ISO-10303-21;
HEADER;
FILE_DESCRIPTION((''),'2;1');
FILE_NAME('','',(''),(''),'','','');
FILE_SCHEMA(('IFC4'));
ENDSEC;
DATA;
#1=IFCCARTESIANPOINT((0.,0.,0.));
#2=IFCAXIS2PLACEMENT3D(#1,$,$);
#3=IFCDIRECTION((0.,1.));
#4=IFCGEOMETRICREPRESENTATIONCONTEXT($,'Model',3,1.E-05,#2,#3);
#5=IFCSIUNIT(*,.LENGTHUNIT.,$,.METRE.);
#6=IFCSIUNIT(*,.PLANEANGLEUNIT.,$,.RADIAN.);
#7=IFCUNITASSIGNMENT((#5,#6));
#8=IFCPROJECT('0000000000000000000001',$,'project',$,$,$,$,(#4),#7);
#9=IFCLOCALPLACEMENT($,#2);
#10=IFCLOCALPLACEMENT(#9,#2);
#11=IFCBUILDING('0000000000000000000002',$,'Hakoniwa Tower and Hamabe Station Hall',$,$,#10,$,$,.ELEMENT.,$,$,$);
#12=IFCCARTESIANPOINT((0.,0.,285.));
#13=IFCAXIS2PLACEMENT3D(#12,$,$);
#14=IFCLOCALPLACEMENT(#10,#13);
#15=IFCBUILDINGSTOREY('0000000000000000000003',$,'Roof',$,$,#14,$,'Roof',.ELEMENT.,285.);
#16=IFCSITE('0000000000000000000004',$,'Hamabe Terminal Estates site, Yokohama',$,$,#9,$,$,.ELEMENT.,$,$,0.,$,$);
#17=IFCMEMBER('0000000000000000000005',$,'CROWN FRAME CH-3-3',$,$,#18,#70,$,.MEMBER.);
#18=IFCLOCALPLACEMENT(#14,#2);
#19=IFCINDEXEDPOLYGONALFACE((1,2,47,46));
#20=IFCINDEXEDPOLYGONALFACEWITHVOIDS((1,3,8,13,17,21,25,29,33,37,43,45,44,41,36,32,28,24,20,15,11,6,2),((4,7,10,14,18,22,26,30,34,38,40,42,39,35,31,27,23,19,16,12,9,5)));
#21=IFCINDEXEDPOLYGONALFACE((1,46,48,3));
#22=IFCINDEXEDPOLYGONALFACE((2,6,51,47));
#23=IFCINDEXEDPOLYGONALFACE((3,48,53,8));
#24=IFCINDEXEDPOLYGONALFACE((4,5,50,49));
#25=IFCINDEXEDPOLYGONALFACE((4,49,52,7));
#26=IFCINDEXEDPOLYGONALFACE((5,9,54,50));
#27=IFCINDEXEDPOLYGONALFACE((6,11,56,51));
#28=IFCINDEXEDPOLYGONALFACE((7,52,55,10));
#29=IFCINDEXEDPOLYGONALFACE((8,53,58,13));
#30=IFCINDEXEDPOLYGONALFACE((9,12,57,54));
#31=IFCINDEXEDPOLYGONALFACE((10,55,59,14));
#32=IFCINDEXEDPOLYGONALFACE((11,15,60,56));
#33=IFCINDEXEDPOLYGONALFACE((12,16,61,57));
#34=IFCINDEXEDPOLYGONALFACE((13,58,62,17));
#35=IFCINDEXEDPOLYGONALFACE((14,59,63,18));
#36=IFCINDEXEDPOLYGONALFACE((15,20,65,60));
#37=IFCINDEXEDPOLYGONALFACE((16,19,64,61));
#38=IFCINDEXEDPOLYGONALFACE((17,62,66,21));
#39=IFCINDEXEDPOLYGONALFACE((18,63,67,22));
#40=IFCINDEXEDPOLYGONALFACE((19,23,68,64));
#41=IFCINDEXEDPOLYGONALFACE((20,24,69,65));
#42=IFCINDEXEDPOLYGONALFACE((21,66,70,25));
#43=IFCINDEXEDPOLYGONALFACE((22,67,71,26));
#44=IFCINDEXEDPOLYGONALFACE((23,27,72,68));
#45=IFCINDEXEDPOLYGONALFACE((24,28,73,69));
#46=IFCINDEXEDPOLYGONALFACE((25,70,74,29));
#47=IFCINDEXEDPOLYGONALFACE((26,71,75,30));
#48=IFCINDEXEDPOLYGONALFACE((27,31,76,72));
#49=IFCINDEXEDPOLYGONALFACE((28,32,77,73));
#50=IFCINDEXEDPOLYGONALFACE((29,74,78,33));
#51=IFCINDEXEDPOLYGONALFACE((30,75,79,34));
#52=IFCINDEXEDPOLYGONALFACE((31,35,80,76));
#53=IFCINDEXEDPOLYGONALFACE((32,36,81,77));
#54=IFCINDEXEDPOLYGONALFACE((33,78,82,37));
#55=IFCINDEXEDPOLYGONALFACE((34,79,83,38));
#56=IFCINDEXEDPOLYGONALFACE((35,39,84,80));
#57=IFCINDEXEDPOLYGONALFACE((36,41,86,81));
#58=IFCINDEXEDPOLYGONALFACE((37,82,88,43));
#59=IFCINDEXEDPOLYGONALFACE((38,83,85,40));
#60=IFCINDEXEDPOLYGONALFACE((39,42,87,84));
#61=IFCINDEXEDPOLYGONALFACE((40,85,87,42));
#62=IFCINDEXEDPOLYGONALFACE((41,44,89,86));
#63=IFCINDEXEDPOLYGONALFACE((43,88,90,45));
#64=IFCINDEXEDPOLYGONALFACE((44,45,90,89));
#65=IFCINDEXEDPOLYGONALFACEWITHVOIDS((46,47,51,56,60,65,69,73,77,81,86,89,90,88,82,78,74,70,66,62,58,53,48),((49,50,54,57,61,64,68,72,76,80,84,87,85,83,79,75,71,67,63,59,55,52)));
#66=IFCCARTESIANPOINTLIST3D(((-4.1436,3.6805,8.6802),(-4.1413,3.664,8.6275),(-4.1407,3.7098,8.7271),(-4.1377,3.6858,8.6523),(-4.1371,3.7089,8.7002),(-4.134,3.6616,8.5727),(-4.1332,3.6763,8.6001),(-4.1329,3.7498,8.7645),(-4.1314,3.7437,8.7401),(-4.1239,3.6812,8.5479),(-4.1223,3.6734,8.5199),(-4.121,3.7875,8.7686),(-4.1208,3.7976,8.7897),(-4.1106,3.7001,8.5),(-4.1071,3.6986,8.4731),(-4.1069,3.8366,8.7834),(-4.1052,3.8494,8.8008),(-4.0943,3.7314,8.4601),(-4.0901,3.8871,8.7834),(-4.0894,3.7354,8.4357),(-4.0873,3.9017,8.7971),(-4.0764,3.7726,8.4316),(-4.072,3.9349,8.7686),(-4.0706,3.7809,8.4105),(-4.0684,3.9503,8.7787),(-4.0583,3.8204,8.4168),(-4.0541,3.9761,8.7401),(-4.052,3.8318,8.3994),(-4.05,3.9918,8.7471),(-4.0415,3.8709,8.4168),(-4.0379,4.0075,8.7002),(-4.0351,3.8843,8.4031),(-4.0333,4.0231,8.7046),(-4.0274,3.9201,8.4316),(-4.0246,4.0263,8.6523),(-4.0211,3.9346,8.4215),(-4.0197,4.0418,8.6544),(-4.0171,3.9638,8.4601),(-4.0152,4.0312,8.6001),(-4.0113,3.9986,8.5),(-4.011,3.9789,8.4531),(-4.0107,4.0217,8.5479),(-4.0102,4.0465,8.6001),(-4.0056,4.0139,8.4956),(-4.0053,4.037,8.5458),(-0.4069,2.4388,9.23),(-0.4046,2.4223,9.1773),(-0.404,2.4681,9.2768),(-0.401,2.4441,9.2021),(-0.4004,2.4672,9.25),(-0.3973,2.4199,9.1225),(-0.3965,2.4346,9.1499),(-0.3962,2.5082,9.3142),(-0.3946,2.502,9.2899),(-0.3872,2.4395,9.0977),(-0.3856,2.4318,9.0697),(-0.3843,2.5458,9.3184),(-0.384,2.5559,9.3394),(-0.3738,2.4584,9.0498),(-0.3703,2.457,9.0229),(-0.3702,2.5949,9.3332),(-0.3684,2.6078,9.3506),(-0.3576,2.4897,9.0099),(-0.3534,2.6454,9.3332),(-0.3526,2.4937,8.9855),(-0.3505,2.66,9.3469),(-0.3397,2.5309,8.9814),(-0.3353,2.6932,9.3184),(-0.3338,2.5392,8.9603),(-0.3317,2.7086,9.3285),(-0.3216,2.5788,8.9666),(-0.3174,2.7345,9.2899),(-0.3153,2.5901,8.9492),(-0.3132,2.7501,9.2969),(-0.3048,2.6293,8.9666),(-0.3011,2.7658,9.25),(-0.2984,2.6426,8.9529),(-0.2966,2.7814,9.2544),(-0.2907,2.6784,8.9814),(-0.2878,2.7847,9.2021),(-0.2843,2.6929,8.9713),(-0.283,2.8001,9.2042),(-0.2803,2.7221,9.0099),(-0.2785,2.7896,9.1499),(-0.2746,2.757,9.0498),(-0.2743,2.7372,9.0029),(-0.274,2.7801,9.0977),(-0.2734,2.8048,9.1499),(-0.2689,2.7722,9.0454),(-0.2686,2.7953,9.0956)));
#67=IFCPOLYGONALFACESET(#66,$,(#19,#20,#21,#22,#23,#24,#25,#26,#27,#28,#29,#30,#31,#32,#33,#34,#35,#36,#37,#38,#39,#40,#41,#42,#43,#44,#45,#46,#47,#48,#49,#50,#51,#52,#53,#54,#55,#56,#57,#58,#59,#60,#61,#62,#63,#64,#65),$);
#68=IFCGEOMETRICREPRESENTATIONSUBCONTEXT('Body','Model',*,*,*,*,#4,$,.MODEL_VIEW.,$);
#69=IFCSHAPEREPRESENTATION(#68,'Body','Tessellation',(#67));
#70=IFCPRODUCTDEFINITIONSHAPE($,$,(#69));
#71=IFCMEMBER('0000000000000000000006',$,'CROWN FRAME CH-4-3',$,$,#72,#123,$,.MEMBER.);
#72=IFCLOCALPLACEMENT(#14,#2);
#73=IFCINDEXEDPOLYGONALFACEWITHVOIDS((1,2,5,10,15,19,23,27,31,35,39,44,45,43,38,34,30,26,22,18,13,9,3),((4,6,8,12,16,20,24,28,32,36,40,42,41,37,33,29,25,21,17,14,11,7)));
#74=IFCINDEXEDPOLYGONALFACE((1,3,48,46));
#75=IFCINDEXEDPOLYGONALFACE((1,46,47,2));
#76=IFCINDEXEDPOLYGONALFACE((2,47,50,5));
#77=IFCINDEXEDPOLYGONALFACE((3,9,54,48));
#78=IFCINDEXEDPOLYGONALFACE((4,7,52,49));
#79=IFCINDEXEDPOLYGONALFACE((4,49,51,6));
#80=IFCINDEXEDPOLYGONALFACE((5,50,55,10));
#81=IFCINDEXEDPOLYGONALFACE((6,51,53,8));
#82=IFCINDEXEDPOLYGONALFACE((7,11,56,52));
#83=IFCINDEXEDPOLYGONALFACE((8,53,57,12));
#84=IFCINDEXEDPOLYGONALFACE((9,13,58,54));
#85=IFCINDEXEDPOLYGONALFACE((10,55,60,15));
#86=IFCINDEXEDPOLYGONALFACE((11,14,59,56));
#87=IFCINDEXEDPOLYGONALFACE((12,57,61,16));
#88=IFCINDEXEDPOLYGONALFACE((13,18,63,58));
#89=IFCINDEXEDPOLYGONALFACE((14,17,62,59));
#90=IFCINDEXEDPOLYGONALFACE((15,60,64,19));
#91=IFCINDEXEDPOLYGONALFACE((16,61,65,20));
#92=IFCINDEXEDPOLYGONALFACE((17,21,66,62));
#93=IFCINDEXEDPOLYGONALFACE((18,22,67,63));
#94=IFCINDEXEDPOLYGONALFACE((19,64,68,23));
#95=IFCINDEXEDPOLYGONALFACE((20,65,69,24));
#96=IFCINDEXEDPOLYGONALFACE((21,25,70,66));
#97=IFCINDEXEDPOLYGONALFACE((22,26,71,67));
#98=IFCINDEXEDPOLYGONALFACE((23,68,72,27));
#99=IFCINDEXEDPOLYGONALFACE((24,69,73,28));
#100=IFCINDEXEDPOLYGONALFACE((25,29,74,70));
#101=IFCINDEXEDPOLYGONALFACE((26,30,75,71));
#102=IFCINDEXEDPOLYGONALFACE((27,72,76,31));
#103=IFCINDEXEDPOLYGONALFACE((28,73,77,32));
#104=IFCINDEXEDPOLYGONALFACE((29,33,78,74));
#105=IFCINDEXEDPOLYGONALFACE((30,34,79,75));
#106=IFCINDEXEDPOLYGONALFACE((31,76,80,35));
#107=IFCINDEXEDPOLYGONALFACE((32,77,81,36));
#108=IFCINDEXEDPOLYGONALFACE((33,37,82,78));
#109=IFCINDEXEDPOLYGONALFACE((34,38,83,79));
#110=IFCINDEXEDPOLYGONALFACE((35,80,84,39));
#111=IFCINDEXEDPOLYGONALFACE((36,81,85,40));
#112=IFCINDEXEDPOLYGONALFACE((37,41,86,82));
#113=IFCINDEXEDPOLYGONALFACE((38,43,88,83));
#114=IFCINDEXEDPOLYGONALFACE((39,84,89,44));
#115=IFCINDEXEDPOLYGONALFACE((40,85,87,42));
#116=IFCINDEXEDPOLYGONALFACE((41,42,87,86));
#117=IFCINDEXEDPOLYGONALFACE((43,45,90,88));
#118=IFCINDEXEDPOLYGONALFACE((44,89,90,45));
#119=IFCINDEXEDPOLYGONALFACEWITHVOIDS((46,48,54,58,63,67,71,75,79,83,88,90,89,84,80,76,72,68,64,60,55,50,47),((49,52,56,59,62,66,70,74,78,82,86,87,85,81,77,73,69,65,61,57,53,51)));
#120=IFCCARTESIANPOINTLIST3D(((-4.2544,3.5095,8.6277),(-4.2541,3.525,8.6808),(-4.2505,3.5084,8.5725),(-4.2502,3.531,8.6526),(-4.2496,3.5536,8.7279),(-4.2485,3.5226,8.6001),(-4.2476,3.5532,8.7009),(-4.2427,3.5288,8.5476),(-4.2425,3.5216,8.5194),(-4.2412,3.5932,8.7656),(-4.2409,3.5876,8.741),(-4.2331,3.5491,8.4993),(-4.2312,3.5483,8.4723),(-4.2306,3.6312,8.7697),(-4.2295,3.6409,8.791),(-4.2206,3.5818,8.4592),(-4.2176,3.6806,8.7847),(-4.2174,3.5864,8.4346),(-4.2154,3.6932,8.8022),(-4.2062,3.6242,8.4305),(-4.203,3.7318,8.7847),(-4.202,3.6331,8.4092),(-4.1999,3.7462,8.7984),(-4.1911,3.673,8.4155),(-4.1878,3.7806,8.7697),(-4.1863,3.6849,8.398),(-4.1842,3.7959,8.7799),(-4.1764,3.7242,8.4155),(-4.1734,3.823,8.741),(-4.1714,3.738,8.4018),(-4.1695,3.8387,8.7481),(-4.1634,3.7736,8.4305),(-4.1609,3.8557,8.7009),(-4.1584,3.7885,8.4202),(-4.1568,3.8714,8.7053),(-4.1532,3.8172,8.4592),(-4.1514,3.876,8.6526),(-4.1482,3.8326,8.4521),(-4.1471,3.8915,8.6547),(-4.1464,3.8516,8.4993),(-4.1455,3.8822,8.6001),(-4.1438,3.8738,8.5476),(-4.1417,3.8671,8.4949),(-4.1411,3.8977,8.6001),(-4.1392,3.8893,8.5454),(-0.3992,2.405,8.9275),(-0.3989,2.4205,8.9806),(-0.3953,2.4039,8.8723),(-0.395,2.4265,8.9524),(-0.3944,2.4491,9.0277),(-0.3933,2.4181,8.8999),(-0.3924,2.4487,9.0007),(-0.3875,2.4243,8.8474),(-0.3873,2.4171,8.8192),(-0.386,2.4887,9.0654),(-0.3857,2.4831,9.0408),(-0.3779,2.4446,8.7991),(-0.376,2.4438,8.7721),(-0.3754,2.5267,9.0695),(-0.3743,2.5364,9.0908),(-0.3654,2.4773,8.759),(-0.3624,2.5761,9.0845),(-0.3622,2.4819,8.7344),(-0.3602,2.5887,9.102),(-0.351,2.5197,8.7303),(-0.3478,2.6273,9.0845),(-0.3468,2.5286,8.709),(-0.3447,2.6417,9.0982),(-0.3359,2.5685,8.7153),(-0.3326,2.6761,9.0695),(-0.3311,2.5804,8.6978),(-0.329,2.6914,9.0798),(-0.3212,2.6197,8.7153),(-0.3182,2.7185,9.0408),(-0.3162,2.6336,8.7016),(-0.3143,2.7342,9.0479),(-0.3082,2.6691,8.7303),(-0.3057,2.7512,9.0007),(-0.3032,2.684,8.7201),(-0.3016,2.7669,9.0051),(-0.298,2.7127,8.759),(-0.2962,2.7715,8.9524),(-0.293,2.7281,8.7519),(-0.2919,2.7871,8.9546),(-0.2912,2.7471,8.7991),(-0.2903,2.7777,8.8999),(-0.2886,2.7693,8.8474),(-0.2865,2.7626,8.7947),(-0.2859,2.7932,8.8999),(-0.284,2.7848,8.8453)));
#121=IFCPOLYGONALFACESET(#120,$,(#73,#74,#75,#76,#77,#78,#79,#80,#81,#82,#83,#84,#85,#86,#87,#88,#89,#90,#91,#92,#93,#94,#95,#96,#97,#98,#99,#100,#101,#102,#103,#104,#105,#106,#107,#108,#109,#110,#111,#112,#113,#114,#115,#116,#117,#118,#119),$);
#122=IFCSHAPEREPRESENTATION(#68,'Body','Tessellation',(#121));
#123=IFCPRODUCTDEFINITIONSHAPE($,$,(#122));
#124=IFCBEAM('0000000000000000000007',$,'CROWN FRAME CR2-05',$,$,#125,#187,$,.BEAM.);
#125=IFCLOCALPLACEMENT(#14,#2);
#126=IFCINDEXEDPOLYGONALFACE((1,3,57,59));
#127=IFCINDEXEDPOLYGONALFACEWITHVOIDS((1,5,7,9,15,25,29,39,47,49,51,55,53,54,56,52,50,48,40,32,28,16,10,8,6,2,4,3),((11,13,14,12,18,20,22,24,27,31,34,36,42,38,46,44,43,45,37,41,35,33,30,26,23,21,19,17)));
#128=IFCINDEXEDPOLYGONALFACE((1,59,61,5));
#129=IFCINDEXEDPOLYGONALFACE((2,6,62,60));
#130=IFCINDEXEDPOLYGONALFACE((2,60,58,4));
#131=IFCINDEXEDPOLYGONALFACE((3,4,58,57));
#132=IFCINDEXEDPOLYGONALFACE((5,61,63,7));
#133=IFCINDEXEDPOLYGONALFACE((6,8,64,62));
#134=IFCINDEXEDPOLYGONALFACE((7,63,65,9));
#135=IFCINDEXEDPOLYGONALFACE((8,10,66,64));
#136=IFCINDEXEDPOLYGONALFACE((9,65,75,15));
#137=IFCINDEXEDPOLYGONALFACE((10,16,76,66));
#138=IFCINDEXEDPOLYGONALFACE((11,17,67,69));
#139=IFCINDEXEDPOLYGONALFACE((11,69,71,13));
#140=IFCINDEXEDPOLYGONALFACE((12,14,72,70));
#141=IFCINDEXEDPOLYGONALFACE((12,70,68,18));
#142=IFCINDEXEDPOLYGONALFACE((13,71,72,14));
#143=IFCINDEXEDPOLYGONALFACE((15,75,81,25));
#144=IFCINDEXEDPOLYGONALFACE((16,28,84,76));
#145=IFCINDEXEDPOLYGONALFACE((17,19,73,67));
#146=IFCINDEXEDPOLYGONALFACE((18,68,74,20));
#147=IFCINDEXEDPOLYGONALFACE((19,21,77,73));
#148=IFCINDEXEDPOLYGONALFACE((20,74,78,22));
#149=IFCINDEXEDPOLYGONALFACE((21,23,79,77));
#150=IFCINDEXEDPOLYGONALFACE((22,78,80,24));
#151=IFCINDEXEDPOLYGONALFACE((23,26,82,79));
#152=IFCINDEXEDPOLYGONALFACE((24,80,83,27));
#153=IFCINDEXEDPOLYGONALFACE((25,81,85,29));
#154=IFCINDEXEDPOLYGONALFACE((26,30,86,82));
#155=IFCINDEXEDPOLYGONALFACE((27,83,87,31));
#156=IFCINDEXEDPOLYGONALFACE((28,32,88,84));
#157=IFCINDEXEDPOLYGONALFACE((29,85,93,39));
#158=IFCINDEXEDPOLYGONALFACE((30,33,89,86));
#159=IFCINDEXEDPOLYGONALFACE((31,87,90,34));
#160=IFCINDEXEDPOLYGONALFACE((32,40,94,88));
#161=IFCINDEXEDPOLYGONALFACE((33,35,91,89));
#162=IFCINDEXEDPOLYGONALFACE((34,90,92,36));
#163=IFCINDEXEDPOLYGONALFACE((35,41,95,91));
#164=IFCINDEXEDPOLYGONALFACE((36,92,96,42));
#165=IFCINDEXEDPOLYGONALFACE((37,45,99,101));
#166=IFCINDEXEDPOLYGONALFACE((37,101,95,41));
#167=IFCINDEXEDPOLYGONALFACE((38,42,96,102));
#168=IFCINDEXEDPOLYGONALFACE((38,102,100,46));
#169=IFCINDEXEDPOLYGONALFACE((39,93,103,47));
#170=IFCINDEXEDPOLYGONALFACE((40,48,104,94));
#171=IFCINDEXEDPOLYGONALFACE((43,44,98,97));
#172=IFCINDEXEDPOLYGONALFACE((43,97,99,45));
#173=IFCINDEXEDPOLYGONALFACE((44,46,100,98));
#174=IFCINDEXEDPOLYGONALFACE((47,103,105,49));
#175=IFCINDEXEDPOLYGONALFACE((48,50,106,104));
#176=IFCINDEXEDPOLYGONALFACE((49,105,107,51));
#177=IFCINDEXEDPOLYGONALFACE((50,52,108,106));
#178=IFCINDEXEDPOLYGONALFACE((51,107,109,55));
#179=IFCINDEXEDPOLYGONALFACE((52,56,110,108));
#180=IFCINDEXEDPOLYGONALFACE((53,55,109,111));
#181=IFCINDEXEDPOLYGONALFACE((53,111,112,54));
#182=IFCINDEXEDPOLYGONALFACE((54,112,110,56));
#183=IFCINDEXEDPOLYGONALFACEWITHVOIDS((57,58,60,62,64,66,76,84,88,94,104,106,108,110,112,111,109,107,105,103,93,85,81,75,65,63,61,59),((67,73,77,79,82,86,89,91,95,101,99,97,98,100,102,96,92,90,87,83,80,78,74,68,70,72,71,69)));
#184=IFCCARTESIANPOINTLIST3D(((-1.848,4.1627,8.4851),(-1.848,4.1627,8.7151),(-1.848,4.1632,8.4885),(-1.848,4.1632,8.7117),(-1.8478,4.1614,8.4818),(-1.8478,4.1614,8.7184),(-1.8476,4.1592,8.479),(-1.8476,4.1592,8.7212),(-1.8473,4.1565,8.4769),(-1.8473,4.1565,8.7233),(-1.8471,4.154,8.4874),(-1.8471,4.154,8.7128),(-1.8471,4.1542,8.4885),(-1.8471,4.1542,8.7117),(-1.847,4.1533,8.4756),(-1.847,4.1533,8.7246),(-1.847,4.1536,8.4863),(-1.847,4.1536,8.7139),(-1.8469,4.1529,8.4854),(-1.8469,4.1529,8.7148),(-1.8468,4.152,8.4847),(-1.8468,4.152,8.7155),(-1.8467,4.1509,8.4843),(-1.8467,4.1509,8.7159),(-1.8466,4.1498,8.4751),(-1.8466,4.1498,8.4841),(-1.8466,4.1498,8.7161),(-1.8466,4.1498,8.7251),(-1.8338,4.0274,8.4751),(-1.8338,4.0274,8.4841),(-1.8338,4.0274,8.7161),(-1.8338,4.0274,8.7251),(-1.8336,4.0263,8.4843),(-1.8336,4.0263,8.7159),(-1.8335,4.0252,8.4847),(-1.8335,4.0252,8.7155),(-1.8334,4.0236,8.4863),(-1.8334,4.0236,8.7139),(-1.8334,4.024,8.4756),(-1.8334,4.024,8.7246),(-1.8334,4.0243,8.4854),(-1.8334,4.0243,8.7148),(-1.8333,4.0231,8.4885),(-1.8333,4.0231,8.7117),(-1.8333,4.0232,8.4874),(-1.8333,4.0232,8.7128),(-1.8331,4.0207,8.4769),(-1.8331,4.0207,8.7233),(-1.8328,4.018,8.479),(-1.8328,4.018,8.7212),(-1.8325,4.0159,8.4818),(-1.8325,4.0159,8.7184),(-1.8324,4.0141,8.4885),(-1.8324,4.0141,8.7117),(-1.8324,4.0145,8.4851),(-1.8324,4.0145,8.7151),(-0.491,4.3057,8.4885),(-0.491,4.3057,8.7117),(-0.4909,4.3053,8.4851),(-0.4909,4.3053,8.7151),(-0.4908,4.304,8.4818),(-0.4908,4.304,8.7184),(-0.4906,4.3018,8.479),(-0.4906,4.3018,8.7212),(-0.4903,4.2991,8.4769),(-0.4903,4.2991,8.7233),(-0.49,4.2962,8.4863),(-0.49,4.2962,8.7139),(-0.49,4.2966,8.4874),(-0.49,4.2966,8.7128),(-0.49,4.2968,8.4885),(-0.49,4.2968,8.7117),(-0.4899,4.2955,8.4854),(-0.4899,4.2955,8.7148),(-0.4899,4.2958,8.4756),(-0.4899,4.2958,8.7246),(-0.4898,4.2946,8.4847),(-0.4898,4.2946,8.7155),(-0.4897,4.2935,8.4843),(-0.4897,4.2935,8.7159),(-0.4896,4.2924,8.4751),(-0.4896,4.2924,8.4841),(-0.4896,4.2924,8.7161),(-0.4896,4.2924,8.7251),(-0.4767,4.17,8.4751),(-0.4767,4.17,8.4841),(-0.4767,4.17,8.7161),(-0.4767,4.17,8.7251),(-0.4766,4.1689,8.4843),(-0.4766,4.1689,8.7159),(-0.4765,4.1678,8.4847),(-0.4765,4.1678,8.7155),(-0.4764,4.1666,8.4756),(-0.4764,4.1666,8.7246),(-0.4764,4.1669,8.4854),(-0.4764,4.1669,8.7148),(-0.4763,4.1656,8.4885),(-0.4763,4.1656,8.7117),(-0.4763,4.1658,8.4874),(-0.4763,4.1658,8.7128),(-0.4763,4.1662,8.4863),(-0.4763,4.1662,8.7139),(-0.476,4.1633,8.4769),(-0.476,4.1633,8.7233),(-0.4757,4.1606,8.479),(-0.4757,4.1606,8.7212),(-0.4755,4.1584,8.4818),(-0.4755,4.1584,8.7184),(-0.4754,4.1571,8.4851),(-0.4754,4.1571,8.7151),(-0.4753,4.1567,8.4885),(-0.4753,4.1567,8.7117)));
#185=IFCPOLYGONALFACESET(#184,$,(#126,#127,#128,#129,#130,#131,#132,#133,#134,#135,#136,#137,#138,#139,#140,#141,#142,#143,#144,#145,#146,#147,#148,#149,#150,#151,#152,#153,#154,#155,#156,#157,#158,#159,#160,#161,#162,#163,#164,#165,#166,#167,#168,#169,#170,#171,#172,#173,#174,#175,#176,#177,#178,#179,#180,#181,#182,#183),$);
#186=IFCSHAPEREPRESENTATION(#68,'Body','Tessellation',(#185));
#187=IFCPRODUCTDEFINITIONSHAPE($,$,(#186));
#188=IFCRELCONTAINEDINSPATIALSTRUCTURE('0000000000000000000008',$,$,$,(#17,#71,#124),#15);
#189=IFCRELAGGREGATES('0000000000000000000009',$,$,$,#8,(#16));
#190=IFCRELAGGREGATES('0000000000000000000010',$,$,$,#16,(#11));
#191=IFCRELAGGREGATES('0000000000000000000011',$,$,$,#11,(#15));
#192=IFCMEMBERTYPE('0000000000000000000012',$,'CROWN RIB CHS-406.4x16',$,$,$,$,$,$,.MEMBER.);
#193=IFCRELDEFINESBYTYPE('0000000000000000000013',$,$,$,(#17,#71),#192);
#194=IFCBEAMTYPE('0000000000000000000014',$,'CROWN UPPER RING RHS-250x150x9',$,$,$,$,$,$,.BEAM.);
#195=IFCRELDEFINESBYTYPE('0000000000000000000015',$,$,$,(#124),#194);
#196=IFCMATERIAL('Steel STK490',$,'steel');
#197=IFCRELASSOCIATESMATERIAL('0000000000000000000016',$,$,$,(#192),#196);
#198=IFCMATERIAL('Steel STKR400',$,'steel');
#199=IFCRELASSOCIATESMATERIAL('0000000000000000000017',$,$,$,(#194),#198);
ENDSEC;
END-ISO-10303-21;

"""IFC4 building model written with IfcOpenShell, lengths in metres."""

from ifc_helpers import new_model, si_unit, direction, frame, origin, origin_2d, place, context, subcontext, project, spatial, hollow_rectangle, hollow_circle, extrude, material, material_profile, profile_set, type_object, element, save


model = new_model("IFC4")

# Units and contexts
model_context = context("Model", 3, precision=1e-05, world=origin(), true_north=direction((0.0, 1.0)))
body_context = subcontext(model_context, "Body", "Model", "MODEL_VIEW")
ifc_project = project(units=[si_unit("LENGTHUNIT", "METRE"), si_unit("PLANEANGLEUNIT", "RADIAN")], contexts=[model_context])

# Site, building, storey
site_placement = place(None, origin())
site = spatial("IfcSite", under=ifc_project, at=site_placement, Name="Hamabe Terminal Estates site, Yokohama", CompositionType="ELEMENT", RefElevation=0.0)
building_placement = place(site_placement, origin())
building = spatial("IfcBuilding", under=site, at=building_placement, Name="Hakoniwa Tower and Hamabe Station Hall", CompositionType="ELEMENT")
storey_placement = place(building_placement, frame((0.0, 0.0, 285.0)))
storey = spatial("IfcBuildingStorey", under=building, at=storey_placement, Name="Roof", LongName="Roof", CompositionType="ELEMENT", Elevation=285.0)

# Members
ifc_material_1 = material(Name="Steel STK490", Category="steel")
ifc_material_profile_1 = material_profile(ifc_material_1, hollow_circle(Radius=0.2031, WallThickness=0.0161, at=origin_2d()), Name="CHS-406.4x16")
ifc_profile_set_1 = profile_set([ifc_material_profile_1], Name="Steel STK490")
member_type_1 = type_object("IfcMemberType", Name="CROWN RIB CHS-406.4x16", PredefinedType="MEMBER", material=ifc_profile_set_1)
member_1_placement = place(storey_placement, frame((-4.0742, 3.8538, 8.6001), z_axis=(0.939863, -0.312305, 0.138284), x_axis=(0.315335, 0.94898, 0.0)))
element("IfcMember", 1, at=member_1_placement, inside=storey, type_object=member_type_1, Name="CROWN FRAME CH-3-3", PredefinedType="MEMBER", context=body_context, shape_type="SweptSolid", body=[
    extrude(hollow_circle(Radius=0.2031, WallThickness=0.0161, at=origin_2d()), origin(), (0.0, 0.0, 1.0), 3.9758),
])
member_2_placement = place(storey_placement, frame((-4.197, 3.7024, 8.6001), z_axis=(0.958651, -0.274646, 0.07455), x_axis=(0.275413, 0.961326, 0.0)))
element("IfcMember", 2, at=member_2_placement, inside=storey, type_object=member_type_1, Name="CROWN FRAME CH-4-3", PredefinedType="MEMBER", context=body_context, shape_type="SweptSolid", body=[
    extrude(hollow_circle(Radius=0.2031, WallThickness=0.0161, at=origin_2d()), origin(), (0.0, 0.0, 1.0), 4.0215),
])

# Beam
ifc_material_2 = material(Name="Steel STKR400", Category="steel")
ifc_material_profile_2 = material_profile(ifc_material_2, hollow_rectangle(XDim=0.1499, YDim=0.25, WallThickness=0.009, InnerFilletRadius=0.0044, OuterFilletRadius=0.0134, at=origin_2d()), Name="RHS-250x150x9")
ifc_profile_set_2 = profile_set([ifc_material_profile_2], Name="Steel STKR400")
beam_type = type_object("IfcBeamType", Name="CROWN UPPER RING RHS-250x150x9", PredefinedType="BEAM", material=ifc_profile_set_2)
beam_1_placement = place(storey_placement, frame((-0.4832, 4.2312, 8.6001), z_axis=(-0.994525, -0.104498, 0.0), x_axis=(0.104498, -0.994525, 0.0)))
element("IfcBeam", 3, at=beam_1_placement, inside=storey, type_object=beam_type, Name="CROWN FRAME CR2-05", PredefinedType="BEAM", context=body_context, shape_type="SweptSolid", body=[
    extrude(hollow_rectangle(XDim=0.1499, YDim=0.25, WallThickness=0.009, InnerFilletRadius=0.0044, OuterFilletRadius=0.0134, at=origin_2d()), origin(), (0.0, 0.0, 1.0), 1.3645),
])

save(model, "model.ifc")
